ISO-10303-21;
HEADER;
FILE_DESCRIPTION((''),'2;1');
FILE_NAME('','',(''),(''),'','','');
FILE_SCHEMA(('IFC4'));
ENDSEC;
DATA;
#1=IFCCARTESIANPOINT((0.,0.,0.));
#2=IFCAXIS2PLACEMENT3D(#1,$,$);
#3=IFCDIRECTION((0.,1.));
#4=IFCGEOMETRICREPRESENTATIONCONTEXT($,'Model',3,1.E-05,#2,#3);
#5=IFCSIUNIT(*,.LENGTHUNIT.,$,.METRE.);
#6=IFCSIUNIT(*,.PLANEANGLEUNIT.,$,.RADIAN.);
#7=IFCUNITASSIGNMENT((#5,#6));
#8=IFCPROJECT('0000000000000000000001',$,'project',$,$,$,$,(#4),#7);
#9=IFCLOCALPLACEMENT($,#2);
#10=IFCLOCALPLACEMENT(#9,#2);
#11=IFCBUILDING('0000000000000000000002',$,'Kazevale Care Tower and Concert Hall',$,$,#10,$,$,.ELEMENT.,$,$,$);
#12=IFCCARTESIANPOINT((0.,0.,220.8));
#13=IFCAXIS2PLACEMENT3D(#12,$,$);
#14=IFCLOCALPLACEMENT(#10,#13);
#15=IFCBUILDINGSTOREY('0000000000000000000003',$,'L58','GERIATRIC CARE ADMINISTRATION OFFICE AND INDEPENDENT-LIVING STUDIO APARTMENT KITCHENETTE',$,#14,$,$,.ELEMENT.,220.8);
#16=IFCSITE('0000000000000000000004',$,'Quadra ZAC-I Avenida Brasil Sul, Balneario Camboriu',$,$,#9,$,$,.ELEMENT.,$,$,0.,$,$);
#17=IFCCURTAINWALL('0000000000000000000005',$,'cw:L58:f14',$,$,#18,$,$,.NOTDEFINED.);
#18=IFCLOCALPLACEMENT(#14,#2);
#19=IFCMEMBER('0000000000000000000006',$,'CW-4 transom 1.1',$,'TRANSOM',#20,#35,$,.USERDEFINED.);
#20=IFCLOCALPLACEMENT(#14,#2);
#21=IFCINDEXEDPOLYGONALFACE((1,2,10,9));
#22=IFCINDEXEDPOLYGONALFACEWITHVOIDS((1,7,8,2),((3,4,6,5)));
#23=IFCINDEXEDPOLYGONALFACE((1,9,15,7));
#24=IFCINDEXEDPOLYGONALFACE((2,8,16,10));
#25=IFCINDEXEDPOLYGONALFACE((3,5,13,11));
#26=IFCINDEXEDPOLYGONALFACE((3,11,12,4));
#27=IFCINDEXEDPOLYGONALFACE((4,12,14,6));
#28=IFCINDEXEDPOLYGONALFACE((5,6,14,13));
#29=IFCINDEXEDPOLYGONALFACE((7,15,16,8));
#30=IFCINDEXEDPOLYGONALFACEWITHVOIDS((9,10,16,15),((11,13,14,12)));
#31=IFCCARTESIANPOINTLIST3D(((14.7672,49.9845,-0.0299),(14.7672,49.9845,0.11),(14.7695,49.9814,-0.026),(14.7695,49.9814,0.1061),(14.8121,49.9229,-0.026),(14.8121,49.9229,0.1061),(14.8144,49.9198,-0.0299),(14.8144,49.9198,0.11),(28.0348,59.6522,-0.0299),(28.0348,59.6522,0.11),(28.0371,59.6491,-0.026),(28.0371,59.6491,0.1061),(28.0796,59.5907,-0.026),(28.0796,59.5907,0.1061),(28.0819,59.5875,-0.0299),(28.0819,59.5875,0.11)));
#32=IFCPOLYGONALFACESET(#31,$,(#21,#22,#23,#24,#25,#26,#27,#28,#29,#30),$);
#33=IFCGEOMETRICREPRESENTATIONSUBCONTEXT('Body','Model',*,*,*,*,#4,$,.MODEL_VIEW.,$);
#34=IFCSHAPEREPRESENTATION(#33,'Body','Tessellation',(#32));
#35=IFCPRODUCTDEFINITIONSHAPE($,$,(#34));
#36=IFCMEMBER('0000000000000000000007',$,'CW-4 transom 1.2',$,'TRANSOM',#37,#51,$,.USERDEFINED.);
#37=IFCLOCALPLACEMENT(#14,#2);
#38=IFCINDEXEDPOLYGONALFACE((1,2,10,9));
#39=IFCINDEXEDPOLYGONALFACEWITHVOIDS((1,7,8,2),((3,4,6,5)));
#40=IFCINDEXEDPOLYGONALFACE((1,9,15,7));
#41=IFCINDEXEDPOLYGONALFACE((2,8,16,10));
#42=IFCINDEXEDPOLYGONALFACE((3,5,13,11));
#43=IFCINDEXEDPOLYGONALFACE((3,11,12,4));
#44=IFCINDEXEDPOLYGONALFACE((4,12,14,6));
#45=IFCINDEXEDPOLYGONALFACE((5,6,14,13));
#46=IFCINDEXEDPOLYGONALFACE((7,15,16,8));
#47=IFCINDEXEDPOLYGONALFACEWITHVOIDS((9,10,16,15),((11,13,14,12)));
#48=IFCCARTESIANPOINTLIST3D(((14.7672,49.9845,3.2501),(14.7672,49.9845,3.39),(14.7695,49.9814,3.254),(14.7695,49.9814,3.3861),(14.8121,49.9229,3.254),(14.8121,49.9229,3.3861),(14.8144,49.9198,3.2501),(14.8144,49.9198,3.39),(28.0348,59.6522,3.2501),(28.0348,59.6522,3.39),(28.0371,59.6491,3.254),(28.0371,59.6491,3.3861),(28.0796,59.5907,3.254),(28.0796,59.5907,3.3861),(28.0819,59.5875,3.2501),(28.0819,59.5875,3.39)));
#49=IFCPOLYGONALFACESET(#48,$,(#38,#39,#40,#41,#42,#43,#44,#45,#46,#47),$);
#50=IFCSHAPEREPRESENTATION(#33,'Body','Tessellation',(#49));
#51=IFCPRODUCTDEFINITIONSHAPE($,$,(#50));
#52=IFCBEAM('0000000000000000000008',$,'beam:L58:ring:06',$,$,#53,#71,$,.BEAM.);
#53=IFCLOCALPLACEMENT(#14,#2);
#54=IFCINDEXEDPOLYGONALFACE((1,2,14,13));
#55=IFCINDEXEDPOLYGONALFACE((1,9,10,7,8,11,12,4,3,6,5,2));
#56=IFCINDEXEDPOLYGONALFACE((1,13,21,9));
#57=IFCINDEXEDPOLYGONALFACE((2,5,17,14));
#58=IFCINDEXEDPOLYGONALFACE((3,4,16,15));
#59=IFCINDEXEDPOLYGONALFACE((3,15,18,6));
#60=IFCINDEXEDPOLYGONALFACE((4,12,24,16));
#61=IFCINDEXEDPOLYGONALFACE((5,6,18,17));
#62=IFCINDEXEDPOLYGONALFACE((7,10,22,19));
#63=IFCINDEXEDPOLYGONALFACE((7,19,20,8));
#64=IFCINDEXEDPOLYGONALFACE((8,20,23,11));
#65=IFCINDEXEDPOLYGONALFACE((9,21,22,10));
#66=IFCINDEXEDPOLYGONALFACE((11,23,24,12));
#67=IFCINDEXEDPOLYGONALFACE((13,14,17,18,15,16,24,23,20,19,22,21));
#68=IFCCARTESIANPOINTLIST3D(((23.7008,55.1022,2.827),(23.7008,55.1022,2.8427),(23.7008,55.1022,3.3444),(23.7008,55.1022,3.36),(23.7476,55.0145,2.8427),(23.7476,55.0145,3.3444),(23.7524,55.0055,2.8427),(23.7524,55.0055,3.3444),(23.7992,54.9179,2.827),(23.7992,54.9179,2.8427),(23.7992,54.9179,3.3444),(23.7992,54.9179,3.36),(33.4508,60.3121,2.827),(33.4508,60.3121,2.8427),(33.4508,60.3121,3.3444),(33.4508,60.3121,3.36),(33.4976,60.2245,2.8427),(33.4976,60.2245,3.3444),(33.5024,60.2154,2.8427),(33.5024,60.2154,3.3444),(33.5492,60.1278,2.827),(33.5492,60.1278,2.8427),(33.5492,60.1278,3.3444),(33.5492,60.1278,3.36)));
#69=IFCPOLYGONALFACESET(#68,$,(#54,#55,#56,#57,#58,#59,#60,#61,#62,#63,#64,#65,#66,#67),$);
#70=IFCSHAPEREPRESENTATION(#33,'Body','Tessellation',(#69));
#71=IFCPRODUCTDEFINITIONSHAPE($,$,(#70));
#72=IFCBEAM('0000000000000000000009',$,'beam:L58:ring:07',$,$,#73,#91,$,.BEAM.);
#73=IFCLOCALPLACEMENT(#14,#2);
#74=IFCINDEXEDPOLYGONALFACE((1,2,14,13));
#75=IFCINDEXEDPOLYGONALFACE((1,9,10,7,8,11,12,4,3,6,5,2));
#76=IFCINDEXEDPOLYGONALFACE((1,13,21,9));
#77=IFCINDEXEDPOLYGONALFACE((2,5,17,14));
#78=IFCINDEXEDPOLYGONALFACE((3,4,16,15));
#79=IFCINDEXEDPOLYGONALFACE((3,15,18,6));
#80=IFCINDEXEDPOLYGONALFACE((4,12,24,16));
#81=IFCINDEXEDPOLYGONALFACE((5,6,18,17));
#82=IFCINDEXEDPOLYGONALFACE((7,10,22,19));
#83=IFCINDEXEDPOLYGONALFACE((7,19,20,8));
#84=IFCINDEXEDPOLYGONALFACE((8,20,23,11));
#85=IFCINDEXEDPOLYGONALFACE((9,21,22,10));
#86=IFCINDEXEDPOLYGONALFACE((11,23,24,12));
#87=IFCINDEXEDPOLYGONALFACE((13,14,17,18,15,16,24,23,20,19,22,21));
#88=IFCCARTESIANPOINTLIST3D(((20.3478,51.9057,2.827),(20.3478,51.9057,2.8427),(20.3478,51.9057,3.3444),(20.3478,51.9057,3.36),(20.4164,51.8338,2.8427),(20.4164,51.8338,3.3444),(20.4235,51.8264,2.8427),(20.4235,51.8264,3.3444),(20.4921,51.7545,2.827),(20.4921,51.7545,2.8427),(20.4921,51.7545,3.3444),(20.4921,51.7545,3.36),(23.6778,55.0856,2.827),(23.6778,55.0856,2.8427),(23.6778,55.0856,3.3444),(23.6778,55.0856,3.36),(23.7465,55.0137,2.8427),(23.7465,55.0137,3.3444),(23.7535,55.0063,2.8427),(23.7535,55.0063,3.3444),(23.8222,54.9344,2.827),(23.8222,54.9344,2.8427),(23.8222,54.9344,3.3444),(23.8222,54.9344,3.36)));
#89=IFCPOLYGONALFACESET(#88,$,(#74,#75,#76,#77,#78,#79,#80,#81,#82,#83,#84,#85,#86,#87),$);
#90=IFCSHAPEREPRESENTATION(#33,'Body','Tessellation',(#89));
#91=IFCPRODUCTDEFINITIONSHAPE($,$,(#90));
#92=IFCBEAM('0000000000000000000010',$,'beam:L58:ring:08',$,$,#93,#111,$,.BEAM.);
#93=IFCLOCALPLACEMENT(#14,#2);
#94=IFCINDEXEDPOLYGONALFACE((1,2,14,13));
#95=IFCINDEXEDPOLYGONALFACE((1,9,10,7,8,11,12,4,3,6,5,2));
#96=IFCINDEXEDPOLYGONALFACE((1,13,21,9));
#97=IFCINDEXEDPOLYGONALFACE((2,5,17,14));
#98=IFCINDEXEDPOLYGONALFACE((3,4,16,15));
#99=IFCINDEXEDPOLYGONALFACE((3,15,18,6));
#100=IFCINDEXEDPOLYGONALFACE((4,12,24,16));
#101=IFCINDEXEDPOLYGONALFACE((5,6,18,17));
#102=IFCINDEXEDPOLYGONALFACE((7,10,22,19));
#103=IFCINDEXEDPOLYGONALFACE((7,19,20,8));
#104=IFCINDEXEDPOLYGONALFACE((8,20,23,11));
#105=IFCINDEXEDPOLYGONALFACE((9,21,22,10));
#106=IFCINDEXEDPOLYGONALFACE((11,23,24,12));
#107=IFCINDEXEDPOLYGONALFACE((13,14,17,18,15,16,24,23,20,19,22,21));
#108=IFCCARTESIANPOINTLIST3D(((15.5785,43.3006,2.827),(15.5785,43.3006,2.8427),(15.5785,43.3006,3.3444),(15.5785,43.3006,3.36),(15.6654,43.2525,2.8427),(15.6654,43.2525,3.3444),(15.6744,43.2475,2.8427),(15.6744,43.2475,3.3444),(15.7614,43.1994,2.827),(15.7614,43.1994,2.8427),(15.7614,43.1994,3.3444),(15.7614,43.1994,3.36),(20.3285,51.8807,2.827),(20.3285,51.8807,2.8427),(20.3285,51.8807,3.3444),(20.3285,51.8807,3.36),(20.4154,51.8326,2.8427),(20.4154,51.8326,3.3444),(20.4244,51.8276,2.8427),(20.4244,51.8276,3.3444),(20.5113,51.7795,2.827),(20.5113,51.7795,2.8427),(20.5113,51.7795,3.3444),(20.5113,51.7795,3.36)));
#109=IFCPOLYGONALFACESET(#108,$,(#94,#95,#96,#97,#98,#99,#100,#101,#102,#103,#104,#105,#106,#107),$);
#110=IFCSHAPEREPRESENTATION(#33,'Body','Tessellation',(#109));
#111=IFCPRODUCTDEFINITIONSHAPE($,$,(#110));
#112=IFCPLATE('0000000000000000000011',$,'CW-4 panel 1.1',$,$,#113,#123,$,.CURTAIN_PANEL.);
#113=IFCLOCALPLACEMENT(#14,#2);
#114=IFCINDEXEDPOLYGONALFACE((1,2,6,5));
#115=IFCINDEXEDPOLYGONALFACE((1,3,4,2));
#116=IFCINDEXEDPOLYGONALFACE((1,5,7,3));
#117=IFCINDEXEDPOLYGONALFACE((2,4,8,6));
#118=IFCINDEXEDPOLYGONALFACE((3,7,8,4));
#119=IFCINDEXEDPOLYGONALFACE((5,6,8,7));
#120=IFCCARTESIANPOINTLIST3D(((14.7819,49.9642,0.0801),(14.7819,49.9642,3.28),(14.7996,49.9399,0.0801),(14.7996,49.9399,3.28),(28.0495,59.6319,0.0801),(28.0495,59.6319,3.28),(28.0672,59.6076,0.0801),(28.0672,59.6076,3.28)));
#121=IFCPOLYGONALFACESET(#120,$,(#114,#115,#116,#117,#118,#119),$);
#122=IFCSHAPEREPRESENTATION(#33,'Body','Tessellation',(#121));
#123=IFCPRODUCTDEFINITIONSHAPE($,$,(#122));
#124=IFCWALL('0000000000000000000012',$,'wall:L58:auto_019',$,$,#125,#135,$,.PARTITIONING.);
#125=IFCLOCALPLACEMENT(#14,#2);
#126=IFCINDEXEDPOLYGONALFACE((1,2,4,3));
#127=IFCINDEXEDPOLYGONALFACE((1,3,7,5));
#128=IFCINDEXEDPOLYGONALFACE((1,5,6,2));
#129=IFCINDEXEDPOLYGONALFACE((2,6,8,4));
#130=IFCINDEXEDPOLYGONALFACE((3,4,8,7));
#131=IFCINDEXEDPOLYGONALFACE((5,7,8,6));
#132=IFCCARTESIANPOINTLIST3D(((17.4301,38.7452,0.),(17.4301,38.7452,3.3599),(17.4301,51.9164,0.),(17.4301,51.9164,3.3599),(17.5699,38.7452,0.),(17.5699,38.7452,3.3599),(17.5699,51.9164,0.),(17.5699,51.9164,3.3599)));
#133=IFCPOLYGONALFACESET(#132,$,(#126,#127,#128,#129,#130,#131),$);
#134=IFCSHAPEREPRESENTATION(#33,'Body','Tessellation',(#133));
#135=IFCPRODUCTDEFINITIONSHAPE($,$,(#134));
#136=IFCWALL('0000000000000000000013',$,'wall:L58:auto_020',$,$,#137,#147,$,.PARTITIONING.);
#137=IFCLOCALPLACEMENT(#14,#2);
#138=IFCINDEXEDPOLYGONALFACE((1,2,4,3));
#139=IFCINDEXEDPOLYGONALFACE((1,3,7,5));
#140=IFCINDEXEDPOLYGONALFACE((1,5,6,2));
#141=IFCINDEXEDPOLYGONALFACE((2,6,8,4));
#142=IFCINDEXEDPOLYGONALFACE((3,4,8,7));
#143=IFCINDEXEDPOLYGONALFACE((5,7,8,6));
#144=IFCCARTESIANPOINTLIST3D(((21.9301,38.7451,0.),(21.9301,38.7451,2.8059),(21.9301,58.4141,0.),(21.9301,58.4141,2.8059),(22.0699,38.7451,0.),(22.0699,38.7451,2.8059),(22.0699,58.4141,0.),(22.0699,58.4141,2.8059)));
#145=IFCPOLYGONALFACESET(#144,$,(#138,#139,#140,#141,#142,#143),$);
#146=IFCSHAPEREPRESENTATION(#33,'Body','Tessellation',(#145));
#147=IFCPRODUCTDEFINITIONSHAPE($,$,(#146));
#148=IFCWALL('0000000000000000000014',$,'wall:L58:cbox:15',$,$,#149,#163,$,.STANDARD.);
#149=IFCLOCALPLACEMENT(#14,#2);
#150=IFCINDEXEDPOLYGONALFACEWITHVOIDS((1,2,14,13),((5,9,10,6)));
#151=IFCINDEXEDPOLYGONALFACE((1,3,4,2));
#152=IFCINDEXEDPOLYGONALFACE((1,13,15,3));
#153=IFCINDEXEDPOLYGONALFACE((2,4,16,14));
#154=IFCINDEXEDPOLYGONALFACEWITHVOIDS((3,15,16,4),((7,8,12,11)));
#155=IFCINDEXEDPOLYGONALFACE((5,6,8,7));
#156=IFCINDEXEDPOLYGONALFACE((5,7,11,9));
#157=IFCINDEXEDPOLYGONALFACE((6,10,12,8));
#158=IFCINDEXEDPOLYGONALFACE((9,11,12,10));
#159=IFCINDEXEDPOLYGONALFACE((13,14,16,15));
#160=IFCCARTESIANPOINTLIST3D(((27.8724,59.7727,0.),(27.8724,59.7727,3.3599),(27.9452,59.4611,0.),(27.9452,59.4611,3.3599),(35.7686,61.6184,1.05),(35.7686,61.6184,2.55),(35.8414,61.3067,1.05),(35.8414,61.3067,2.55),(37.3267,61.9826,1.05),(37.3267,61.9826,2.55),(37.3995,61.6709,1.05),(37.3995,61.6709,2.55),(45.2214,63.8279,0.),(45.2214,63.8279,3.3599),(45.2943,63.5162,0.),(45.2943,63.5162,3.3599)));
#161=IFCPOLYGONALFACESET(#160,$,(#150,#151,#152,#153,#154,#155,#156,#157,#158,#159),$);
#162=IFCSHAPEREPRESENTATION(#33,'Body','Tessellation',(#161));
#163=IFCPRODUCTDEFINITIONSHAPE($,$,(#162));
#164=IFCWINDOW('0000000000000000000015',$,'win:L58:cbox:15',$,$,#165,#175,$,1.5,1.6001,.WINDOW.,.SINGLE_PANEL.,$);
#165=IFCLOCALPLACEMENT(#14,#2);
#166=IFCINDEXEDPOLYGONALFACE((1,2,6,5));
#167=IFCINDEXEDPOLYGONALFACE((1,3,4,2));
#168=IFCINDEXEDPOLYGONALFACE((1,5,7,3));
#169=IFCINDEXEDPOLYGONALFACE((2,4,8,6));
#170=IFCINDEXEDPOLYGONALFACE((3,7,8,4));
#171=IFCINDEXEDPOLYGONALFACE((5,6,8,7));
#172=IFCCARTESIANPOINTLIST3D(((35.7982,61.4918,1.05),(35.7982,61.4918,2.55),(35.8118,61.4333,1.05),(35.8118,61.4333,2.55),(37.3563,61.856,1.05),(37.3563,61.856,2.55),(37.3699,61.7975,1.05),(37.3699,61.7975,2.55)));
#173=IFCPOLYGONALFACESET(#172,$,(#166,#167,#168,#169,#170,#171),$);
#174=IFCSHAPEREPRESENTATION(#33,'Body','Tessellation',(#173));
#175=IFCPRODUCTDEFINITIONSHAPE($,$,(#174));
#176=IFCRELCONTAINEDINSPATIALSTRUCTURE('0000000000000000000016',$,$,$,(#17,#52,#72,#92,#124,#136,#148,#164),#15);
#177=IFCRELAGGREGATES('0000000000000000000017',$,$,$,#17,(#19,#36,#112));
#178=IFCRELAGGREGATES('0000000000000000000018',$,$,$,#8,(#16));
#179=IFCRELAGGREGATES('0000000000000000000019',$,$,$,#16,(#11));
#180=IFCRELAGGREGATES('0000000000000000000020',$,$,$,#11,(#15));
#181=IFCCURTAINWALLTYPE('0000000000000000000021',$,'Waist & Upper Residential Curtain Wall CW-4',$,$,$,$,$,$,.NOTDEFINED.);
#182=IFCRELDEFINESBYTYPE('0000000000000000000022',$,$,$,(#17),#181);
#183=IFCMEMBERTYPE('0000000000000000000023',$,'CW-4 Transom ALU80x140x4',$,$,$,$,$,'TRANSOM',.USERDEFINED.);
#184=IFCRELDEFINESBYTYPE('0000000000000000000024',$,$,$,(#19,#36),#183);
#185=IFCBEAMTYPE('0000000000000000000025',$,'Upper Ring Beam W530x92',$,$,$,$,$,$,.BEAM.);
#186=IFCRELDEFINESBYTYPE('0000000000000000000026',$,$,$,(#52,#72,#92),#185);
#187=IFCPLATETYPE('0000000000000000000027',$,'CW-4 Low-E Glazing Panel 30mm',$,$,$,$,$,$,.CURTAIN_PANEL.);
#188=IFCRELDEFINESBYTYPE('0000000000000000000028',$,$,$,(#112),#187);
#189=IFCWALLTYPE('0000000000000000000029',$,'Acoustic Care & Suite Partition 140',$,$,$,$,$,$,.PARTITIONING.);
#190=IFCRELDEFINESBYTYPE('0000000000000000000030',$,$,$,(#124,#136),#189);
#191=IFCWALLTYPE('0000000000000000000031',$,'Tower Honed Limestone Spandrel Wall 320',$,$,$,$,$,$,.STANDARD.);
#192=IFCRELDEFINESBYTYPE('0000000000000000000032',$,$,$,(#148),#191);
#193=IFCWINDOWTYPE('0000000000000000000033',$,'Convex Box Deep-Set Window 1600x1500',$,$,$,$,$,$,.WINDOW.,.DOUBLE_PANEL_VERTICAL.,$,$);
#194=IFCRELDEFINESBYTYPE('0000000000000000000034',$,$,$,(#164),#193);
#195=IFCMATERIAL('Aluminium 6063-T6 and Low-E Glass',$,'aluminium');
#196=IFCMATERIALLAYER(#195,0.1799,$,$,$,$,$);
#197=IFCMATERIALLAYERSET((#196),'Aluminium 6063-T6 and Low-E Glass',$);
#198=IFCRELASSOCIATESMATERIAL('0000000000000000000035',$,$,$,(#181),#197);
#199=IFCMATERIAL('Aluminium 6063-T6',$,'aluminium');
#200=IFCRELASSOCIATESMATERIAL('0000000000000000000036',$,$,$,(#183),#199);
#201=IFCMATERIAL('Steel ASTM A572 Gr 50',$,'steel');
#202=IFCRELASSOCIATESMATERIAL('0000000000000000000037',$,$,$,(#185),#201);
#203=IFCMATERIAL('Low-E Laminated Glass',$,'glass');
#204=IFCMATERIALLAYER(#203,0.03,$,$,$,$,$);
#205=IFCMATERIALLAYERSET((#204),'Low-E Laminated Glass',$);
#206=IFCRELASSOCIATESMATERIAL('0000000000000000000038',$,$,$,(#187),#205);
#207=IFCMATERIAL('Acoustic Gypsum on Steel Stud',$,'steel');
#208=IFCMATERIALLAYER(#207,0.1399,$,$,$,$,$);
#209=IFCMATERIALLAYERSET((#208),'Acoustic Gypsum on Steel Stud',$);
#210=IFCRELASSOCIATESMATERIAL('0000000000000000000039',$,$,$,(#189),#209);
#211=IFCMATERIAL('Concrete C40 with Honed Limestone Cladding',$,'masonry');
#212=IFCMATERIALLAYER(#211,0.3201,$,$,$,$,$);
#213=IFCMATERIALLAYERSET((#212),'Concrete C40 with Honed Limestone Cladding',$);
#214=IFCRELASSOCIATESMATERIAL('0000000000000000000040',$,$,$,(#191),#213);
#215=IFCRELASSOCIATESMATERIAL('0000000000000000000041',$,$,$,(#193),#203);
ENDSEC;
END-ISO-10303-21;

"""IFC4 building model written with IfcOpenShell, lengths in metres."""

from ifc_helpers import new_model, si_unit, direction, frame, frame_2d, origin, origin_2d, place, context, subcontext, project, spatial, rectangle, hollow_rectangle, i_section, extrude, material, layer, layer_set, material_profile, profile_set, type_object, element, fill, aggregate, save


model = new_model("IFC4")

# Units and contexts
model_context = context("Model", 3, precision=1e-05, world=origin(), true_north=direction((0.0, 1.0)))
body_context = subcontext(model_context, "Body", "Model", "MODEL_VIEW")
ifc_project = project(units=[si_unit("LENGTHUNIT", "METRE"), si_unit("PLANEANGLEUNIT", "RADIAN")], contexts=[model_context])

# Site, building, storey
site_placement = place(None, origin())
site = spatial("IfcSite", under=ifc_project, at=site_placement, Name="Quadra ZAC-I Avenida Brasil Sul, Balneario Camboriu", CompositionType="ELEMENT", RefElevation=0.0)
building_placement = place(site_placement, origin())
building = spatial("IfcBuilding", under=site, at=building_placement, Name="Kazevale Care Tower and Concert Hall", CompositionType="ELEMENT")
storey_placement = place(building_placement, frame((0.0, 0.0, 220.8)))
storey = spatial("IfcBuildingStorey", under=building, at=storey_placement, Name="L58", Description="GERIATRIC CARE ADMINISTRATION OFFICE AND INDEPENDENT-LIVING STUDIO APARTMENT KITCHENETTE", CompositionType="ELEMENT", Elevation=220.8)

# Shared definitions
ifc_material_1 = material(Name="Aluminium 6063-T6 and Low-E Glass", Category="aluminium")
ifc_layer_1 = layer(ifc_material_1, 0.1799)
ifc_layer_set_1 = layer_set([ifc_layer_1], Name="Aluminium 6063-T6 and Low-E Glass")
curtain_wall_type = type_object("IfcCurtainWallType", Name="Waist & Upper Residential Curtain Wall CW-4", PredefinedType="NOTDEFINED", material=ifc_layer_set_1)
ifc_material_2 = material(Name="Aluminium 6063-T6", Category="aluminium")

# Curtain wall, members
curtain_wall_1_placement = place(storey_placement, origin())
curtain_wall_1 = element("IfcCurtainWall", 1, at=curtain_wall_1_placement, inside=storey, type_object=curtain_wall_type, Name="cw:L58:f14", PredefinedType="NOTDEFINED")
ifc_material_profile_1 = material_profile(ifc_material_2, hollow_rectangle(XDim=0.0801, YDim=0.1399, WallThickness=0.0039, at=origin_2d()), Name="ALU80x140x4")
ifc_profile_set_1 = profile_set([ifc_material_profile_1], Name="Aluminium 6063-T6")
member_type_1 = type_object("IfcMemberType", Name="CW-4 Transom ALU80x140x4", ElementType="TRANSOM", PredefinedType="USERDEFINED", material=ifc_profile_set_1)
member_1_placement = place(storey_placement, frame((14.7908, 49.9521, 0.04), z_axis=(0.808197, 0.588912, 0.0), x_axis=(-0.588912, 0.808197, 0.0)))
member_1 = element("IfcMember", 2, at=member_1_placement, type_object=member_type_1, Name="CW-4 transom 1.1", ObjectType="TRANSOM", PredefinedType="USERDEFINED", context=body_context, shape_type="SweptSolid", body=[
    extrude(hollow_rectangle(XDim=0.0801, YDim=0.1399, WallThickness=0.0039, at=origin_2d()), origin(), (0.0, 0.0, 1.0), 16.4163),
])
member_2_placement = place(storey_placement, frame((14.7908, 49.9521, 3.3201), z_axis=(0.808197, 0.588912, 0.0), x_axis=(-0.588912, 0.808197, 0.0)))
member_2 = element("IfcMember", 3, at=member_2_placement, type_object=member_type_1, Name="CW-4 transom 1.2", ObjectType="TRANSOM", PredefinedType="USERDEFINED", context=body_context, shape_type="SweptSolid", body=[
    extrude(hollow_rectangle(XDim=0.0801, YDim=0.1399, WallThickness=0.0039, at=origin_2d()), origin(), (0.0, 0.0, 1.0), 16.4163),
])

# Beams
ifc_material_3 = material(Name="Steel ASTM A572 Gr 50", Category="steel")
ifc_material_profile_2 = material_profile(ifc_material_3, i_section(OverallWidth=0.209, OverallDepth=0.533, WebThickness=0.0103, FlangeThickness=0.0156, at=origin_2d()), Name="W530x92")
ifc_profile_set_2 = profile_set([ifc_material_profile_2], Name="Steel ASTM A572 Gr 50")
beam_type = type_object("IfcBeamType", Name="Upper Ring Beam W530x92", PredefinedType="BEAM", material=ifc_profile_set_2)
beam_1_placement = place(storey_placement, frame((33.5, 60.22, 3.0935), z_axis=(-0.881979, -0.47129, 0.0), x_axis=(0.47129, -0.881979, 0.0)))
element("IfcBeam", 4, at=beam_1_placement, inside=storey, type_object=beam_type, Name="beam:L58:ring:06", PredefinedType="BEAM", context=body_context, shape_type="SweptSolid", body=[
    extrude(i_section(OverallWidth=0.209, OverallDepth=0.533, WebThickness=0.0103, FlangeThickness=0.0156, at=origin_2d()), origin(), (0.0, 0.0, 1.0), 11.0547),
])
beam_2_placement = place(storey_placement, frame((23.75, 55.01, 3.0935), z_axis=(-0.723223, -0.690614, 0.0), x_axis=(0.690614, -0.723223, 0.0)))
element("IfcBeam", 5, at=beam_2_placement, inside=storey, type_object=beam_type, Name="beam:L58:ring:07", PredefinedType="BEAM", context=body_context, shape_type="SweptSolid", body=[
    extrude(i_section(OverallWidth=0.209, OverallDepth=0.533, WebThickness=0.0103, FlangeThickness=0.0156, at=origin_2d()), origin(), (0.0, 0.0, 1.0), 4.6045),
])
beam_3_placement = place(storey_placement, frame((20.4199, 51.8301, 3.0935), z_axis=(-0.48434, -0.87488, 0.0), x_axis=(0.87488, -0.48434, 0.0)))
element("IfcBeam", 6, at=beam_3_placement, inside=storey, type_object=beam_type, Name="beam:L58:ring:08", PredefinedType="BEAM", context=body_context, shape_type="SweptSolid", body=[
    extrude(i_section(OverallWidth=0.209, OverallDepth=0.533, WebThickness=0.0103, FlangeThickness=0.0156, at=origin_2d()), origin(), (0.0, 0.0, 1.0), 9.8071),
])

# Plate
ifc_material_4 = material(Name="Low-E Laminated Glass", Category="glass")
ifc_layer_2 = layer(ifc_material_4, 0.03)
ifc_layer_set_2 = layer_set([ifc_layer_2], Name="Low-E Laminated Glass")
plate_type = type_object("IfcPlateType", Name="CW-4 Low-E Glazing Panel 30mm", PredefinedType="CURTAIN_PANEL", material=ifc_layer_set_2)
plate_placement = place(storey_placement, frame((21.4246, 54.7859, 0.0801), z_axis=(0.0, 0.0, 1.0), x_axis=(0.808198, 0.58891, 0.0)))
plate = element("IfcPlate", 7, at=plate_placement, type_object=plate_type, Name="CW-4 panel 1.1", PredefinedType="CURTAIN_PANEL", context=body_context, shape_type="SweptSolid", body=[
    extrude(rectangle(XDim=16.4163, YDim=0.03, at=origin_2d()), origin(), (0.0, 0.0, 1.0), 3.2),
])
aggregate(curtain_wall_1, [member_1, member_2, plate])

# Walls
ifc_material_5 = material(Name="Acoustic Gypsum on Steel Stud", Category="steel")
ifc_layer_3 = layer(ifc_material_5, 0.1399)
ifc_layer_set_3 = layer_set([ifc_layer_3], Name="Acoustic Gypsum on Steel Stud")
wall_type_1 = type_object("IfcWallType", Name="Acoustic Care & Suite Partition 140", PredefinedType="PARTITIONING", material=ifc_layer_set_3)
wall_1_placement = place(storey_placement, frame((17.5, 51.9163, 0.0), z_axis=(0.0, 0.0, 1.0), x_axis=(0.0, -1.0, 0.0)))
element("IfcWall", 8, at=wall_1_placement, inside=storey, type_object=wall_type_1, Name="wall:L58:auto_019", PredefinedType="PARTITIONING", context=body_context, shape_type="SweptSolid", body=[
    extrude(rectangle(XDim=13.1711, YDim=0.1399, at=frame_2d((6.5854, 0.0))), origin(), (0.0, 0.0, 1.0), 3.3599),
])
wall_2_placement = place(storey_placement, frame((22.0, 58.4141, 0.0), z_axis=(0.0, 0.0, 1.0), x_axis=(0.0, -1.0, 0.0)))
element("IfcWall", 9, at=wall_2_placement, inside=storey, type_object=wall_type_1, Name="wall:L58:auto_020", PredefinedType="PARTITIONING", context=body_context, shape_type="SweptSolid", body=[
    extrude(rectangle(XDim=19.6689, YDim=0.1399, at=frame_2d((9.8345, 0.0))), origin(), (0.0, 0.0, 1.0), 2.8059),
])

# Wall, opening, window
ifc_material_6 = material(Name="Concrete C40 with Honed Limestone Cladding", Category="masonry")
ifc_layer_4 = layer(ifc_material_6, 0.3201)
ifc_layer_set_4 = layer_set([ifc_layer_4], Name="Concrete C40 with Honed Limestone Cladding")
wall_type_2 = type_object("IfcWallType", Name="Tower Honed Limestone Spandrel Wall 320", PredefinedType="STANDARD", material=ifc_layer_set_4)
wall_3_placement = place(storey_placement, frame((27.9089, 59.6169, 0.0), z_axis=(0.0, 0.0, 1.0), x_axis=(0.973754, 0.227605, 0.0)))
wall_3 = element("IfcWall", 10, at=wall_3_placement, inside=storey, type_object=wall_type_2, Name="wall:L58:cbox:15", PredefinedType="STANDARD", context=body_context, shape_type="SweptSolid", body=[
    extrude(rectangle(XDim=17.8167, YDim=0.3201, at=frame_2d((8.9082, 0.0))), origin(), (0.0, 0.0, 1.0), 3.3599),
])
opening_placement = place(wall_3_placement, frame((8.1089, 0.0, 1.05)))
opening = element("IfcOpeningElement", 11, at=opening_placement, cuts=wall_3, PredefinedType="OPENING", context=body_context, shape_type="SweptSolid", body=[
    extrude(rectangle(XDim=1.6001, YDim=1.5, at=frame_2d((0.8, 0.75))), frame((0.0, 0.1699, 0.0), z_axis=(0.0, -1.0, 0.0), x_axis=(1.0, 0.0, 0.0)), (0.0, 0.0, 1.0), 0.3401),
])
window_type = type_object("IfcWindowType", Name="Convex Box Deep-Set Window 1600x1500", PartitioningType="DOUBLE_PANEL_VERTICAL", PredefinedType="WINDOW", material=ifc_material_4)
window_placement = place(opening_placement, origin())
window = element("IfcWindow", 12, at=window_placement, inside=storey, type_object=window_type, Name="win:L58:cbox:15", OverallHeight=1.5, OverallWidth=1.6001, PartitioningType="SINGLE_PANEL", PredefinedType="WINDOW", context=body_context, shape_type="SweptSolid", body=[
    extrude(rectangle(XDim=1.6001, YDim=1.5, at=frame_2d((0.8, 0.75))), frame((0.0, 0.03, 0.0), z_axis=(0.0, -1.0, 0.0), x_axis=(1.0, 0.0, 0.0)), (0.0, 0.0, 1.0), 0.0601),
])
fill(opening, window)

save(model, "model.ifc")
